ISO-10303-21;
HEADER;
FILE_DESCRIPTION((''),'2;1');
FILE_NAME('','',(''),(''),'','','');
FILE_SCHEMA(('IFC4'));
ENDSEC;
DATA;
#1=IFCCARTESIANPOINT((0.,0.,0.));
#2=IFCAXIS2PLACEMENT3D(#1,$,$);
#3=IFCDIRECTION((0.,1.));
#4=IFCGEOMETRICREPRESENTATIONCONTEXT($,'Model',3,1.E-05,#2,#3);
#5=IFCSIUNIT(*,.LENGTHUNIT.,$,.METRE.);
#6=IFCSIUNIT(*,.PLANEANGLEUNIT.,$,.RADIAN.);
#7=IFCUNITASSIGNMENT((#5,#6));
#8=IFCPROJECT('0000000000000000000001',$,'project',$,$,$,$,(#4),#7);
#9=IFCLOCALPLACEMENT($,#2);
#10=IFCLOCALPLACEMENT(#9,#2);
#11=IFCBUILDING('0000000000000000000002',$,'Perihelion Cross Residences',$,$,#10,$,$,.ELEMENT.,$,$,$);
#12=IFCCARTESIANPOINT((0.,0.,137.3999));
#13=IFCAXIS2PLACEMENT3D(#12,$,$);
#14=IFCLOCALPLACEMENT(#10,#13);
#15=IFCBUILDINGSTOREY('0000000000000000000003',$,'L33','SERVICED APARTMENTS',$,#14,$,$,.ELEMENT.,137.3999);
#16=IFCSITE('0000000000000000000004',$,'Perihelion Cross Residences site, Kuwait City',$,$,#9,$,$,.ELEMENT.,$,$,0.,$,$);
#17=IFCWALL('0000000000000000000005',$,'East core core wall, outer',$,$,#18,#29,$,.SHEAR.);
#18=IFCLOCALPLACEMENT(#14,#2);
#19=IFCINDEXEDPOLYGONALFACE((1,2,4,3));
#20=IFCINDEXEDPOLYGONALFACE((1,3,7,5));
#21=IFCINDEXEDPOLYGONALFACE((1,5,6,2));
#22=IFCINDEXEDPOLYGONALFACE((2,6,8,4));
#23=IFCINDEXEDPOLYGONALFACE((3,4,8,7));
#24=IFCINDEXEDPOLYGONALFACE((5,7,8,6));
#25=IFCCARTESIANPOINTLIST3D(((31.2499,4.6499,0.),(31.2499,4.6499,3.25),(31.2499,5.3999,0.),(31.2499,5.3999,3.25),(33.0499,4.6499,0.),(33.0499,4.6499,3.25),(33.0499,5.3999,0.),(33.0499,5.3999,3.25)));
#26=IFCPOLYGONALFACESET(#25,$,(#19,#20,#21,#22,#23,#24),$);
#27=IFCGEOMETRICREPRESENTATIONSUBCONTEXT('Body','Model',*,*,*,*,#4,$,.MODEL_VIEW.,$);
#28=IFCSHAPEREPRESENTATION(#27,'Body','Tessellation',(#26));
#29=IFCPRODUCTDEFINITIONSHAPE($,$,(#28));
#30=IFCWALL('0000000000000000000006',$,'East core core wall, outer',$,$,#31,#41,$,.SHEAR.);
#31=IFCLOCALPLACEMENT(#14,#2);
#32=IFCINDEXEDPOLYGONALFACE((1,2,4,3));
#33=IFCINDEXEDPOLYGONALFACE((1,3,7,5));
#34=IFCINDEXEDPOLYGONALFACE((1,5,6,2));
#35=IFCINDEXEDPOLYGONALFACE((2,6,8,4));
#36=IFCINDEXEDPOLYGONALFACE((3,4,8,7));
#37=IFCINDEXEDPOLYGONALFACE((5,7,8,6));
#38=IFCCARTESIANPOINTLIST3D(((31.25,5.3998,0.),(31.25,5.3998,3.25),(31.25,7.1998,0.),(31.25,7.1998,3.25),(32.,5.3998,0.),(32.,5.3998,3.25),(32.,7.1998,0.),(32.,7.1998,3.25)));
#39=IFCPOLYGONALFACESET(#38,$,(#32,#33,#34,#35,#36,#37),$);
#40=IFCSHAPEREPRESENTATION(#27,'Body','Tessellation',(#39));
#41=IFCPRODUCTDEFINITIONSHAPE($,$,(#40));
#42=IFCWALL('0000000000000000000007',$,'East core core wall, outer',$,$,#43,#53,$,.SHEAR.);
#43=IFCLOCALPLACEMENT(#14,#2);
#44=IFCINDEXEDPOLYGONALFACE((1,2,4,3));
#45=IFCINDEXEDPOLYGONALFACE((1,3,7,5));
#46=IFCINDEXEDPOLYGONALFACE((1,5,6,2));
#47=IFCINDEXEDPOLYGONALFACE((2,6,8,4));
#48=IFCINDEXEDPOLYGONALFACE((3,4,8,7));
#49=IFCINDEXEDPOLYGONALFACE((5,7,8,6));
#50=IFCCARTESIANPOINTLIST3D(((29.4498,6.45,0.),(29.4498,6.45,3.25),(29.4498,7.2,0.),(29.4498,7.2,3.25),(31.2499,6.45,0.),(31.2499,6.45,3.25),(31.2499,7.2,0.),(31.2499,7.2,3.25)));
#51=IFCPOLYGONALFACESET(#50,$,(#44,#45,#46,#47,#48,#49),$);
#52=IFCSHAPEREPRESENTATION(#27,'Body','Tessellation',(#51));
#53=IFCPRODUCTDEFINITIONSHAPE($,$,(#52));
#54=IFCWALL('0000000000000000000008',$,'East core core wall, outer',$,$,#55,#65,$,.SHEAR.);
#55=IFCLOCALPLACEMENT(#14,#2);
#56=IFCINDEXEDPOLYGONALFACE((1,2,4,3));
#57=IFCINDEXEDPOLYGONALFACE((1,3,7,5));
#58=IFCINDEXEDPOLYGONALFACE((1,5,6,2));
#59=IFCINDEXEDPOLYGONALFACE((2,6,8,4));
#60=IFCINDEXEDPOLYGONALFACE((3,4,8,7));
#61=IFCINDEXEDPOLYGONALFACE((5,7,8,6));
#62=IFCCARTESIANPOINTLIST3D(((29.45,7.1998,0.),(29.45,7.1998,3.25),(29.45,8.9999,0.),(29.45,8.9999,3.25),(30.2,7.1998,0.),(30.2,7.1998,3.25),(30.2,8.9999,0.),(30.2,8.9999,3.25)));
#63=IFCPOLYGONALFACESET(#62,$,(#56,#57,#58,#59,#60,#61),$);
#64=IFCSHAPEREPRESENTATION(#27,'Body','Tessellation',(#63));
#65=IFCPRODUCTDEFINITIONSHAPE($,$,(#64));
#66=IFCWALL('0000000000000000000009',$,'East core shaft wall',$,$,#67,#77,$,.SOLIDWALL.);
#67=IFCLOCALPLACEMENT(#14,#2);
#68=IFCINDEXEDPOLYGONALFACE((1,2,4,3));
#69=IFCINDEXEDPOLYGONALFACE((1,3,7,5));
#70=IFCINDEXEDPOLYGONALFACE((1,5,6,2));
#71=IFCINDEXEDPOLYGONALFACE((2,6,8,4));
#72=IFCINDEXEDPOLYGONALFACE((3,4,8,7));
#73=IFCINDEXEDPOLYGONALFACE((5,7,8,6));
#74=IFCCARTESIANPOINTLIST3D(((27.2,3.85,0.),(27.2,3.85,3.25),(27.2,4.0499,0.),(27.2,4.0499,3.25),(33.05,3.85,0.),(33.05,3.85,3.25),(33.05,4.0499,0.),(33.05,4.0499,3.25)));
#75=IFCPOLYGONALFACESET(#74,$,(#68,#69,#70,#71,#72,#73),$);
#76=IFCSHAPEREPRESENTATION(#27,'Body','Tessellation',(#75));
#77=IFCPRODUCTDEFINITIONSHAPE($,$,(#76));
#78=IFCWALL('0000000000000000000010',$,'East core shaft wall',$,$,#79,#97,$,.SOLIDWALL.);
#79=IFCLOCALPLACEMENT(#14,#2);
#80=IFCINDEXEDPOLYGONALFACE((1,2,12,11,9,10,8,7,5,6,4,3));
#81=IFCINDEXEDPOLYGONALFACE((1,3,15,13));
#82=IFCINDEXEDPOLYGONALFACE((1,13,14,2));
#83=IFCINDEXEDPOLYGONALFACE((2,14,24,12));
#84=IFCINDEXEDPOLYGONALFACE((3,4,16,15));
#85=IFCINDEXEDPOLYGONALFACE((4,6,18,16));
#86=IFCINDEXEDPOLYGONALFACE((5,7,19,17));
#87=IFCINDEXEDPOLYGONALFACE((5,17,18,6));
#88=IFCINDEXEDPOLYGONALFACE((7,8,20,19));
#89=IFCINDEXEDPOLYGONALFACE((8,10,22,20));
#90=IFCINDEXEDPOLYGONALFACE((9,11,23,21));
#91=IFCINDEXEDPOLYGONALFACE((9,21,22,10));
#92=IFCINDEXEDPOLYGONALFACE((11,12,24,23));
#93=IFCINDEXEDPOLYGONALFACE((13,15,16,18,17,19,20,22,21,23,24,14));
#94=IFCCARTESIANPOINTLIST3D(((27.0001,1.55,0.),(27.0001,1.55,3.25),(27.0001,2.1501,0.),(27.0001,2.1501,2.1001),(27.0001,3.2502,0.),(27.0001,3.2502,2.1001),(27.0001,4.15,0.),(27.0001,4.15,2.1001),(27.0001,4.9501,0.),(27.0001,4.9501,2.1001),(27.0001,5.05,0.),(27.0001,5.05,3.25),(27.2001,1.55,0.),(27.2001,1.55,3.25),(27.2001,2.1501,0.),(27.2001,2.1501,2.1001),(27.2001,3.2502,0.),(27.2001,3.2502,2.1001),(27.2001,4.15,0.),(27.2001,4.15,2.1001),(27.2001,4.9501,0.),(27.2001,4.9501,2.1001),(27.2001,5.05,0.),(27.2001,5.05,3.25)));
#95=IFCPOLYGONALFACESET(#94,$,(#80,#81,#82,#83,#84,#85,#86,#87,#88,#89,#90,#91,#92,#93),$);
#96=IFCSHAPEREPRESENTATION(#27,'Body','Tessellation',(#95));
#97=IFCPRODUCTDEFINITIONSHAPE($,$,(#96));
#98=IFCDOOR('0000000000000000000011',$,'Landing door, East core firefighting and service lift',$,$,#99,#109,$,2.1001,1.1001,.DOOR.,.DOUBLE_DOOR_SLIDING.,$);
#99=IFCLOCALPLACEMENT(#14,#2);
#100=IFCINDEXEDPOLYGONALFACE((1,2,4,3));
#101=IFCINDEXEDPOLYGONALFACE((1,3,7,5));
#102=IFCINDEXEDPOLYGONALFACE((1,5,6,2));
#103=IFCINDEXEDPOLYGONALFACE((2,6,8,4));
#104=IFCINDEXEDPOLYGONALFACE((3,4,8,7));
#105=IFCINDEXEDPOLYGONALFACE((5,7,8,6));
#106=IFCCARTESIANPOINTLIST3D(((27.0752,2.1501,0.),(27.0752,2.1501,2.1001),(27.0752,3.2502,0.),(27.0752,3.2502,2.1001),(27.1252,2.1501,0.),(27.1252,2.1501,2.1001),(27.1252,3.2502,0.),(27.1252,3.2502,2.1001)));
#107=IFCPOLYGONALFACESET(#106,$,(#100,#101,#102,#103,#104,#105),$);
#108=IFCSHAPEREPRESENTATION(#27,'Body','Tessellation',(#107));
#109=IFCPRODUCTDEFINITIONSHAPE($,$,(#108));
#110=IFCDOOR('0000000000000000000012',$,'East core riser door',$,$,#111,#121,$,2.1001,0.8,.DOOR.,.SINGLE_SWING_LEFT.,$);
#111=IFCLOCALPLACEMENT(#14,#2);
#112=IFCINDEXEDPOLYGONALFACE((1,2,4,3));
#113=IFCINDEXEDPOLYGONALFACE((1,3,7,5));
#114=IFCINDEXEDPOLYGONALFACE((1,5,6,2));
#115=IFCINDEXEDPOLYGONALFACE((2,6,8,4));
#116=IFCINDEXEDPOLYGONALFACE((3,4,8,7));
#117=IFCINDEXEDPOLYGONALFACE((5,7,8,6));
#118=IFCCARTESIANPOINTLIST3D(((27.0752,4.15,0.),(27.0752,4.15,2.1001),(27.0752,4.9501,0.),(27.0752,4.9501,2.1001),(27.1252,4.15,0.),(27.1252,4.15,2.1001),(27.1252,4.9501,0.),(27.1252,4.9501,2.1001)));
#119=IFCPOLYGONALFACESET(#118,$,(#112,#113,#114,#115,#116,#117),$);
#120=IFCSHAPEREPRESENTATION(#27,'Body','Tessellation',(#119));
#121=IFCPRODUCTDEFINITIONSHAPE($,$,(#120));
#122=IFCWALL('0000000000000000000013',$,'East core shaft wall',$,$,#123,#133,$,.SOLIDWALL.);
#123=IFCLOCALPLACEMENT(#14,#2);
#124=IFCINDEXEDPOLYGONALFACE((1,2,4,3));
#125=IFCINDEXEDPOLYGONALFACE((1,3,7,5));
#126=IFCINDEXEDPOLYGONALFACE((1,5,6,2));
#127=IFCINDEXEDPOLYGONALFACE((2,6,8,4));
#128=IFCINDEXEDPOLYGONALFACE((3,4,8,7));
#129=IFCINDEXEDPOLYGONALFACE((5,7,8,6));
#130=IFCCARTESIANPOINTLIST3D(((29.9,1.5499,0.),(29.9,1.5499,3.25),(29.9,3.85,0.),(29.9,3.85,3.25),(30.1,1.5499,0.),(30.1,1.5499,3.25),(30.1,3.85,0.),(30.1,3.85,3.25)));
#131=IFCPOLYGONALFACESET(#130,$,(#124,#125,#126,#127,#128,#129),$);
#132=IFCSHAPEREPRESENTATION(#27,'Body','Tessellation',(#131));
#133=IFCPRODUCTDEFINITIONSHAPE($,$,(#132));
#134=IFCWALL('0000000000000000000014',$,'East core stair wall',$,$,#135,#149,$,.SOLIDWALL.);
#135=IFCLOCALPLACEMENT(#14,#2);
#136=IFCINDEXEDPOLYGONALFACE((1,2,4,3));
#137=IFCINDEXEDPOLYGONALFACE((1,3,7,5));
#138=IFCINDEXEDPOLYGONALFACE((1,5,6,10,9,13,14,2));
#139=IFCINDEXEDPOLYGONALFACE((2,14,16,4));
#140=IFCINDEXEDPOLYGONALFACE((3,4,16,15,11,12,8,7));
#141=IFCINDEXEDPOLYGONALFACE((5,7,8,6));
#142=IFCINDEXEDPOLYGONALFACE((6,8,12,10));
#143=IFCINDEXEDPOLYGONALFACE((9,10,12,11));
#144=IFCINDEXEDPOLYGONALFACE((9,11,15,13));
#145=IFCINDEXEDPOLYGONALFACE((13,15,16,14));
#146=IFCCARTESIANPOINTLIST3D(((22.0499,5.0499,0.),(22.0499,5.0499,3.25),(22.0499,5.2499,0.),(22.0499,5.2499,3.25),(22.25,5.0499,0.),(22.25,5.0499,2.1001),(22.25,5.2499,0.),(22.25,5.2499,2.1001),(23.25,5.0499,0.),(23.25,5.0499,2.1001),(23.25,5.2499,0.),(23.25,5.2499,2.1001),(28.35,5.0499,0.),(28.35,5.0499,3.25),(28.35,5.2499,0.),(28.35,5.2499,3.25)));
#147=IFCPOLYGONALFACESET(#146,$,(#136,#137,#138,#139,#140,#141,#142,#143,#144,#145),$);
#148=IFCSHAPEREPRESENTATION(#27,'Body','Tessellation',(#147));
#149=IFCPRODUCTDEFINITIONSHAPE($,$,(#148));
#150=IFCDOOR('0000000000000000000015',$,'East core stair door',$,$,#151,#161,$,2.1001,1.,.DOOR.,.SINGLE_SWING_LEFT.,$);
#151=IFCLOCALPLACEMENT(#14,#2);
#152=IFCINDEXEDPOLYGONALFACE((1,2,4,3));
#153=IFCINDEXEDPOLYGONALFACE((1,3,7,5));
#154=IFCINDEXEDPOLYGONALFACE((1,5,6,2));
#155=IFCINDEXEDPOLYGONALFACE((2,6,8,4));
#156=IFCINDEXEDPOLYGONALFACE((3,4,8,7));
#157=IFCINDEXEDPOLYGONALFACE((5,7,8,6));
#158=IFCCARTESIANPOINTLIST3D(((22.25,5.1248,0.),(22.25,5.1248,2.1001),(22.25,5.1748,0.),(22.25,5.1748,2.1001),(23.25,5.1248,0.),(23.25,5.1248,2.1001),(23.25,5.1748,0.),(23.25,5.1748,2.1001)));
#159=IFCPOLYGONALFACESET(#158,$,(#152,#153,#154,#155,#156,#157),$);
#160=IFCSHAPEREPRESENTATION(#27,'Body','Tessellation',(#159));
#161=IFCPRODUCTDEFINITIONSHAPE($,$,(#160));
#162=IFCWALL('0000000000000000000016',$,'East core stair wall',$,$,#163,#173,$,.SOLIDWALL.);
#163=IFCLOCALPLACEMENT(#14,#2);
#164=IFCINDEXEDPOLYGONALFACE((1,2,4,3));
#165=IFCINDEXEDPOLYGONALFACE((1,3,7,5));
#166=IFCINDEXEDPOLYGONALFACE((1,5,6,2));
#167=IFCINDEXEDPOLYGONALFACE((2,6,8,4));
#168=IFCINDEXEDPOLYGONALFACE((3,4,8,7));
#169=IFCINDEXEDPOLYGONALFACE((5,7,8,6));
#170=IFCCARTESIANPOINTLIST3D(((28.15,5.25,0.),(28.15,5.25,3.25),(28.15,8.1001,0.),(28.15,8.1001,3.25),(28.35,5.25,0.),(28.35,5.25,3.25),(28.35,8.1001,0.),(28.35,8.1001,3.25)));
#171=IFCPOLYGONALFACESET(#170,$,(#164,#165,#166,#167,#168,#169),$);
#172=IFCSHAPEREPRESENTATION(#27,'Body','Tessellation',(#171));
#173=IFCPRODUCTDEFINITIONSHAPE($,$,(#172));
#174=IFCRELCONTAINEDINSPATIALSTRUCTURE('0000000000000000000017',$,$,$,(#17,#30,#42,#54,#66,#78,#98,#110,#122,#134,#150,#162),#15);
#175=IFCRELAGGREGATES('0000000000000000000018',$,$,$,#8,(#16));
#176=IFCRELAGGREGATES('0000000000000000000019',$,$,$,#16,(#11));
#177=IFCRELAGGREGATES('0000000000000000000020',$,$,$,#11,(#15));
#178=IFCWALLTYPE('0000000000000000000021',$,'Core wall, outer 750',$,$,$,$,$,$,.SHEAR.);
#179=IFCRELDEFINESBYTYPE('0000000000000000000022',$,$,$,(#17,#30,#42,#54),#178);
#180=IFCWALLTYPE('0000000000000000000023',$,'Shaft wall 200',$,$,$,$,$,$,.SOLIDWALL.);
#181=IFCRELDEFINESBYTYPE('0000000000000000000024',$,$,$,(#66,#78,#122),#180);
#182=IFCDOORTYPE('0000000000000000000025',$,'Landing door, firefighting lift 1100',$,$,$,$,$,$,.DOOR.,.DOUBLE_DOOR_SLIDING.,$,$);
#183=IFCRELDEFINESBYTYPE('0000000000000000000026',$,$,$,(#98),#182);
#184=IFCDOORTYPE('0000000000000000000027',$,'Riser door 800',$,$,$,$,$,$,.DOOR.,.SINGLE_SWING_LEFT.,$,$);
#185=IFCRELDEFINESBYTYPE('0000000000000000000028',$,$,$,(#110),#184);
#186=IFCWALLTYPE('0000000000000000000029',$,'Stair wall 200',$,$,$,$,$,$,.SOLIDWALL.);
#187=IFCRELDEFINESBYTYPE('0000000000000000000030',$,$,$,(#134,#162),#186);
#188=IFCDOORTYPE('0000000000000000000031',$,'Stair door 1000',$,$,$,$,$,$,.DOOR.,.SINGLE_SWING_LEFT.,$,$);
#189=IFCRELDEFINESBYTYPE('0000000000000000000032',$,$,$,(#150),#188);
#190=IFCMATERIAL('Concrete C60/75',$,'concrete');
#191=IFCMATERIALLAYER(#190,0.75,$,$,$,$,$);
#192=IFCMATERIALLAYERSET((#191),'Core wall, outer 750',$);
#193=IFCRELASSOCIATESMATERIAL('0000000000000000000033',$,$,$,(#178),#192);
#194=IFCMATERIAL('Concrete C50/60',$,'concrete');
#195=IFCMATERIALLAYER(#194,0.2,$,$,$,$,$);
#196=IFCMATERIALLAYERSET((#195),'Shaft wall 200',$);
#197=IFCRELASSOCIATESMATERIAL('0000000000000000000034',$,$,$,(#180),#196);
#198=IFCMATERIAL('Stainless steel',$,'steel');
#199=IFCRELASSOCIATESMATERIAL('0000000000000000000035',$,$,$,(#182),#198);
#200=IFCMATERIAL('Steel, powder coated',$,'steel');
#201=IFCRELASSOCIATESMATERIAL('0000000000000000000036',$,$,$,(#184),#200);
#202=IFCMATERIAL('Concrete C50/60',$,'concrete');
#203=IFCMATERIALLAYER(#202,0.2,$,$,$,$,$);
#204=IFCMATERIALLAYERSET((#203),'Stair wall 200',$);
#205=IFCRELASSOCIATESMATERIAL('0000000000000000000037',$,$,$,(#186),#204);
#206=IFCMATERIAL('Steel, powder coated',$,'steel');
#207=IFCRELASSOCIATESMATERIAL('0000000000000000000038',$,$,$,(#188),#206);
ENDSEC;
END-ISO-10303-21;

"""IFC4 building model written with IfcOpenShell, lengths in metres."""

from ifc_helpers import new_model, si_unit, direction, frame, frame_2d, origin, place, context, subcontext, project, spatial, rectangle, extrude, material, layer, layer_set, type_object, element, fill, save


model = new_model("IFC4")

# Units and contexts
model_context = context("Model", 3, precision=1e-05, world=origin(), true_north=direction((0.0, 1.0)))
body_context = subcontext(model_context, "Body", "Model", "MODEL_VIEW")
ifc_project = project(units=[si_unit("LENGTHUNIT", "METRE"), si_unit("PLANEANGLEUNIT", "RADIAN")], contexts=[model_context])

# Site, building, storey
site_placement = place(None, origin())
site = spatial("IfcSite", under=ifc_project, at=site_placement, Name="Perihelion Cross Residences site, Kuwait City", CompositionType="ELEMENT", RefElevation=0.0)
building_placement = place(site_placement, origin())
building = spatial("IfcBuilding", under=site, at=building_placement, Name="Perihelion Cross Residences", CompositionType="ELEMENT")
storey_placement = place(building_placement, frame((0.0, 0.0, 137.3999)))
storey = spatial("IfcBuildingStorey", under=building, at=storey_placement, Name="L33", Description="SERVICED APARTMENTS", CompositionType="ELEMENT", Elevation=137.3999)

# Walls
ifc_material_1 = material(Name="Concrete C60/75", Category="concrete")
ifc_layer_1 = layer(ifc_material_1, 0.75)
ifc_layer_set_1 = layer_set([ifc_layer_1], Name="Core wall, outer 750")
wall_type_1 = type_object("IfcWallType", Name="Core wall, outer 750", PredefinedType="SHEAR", material=ifc_layer_set_1)
for number, where, z_axis, x_axis, name in (
    (1, (31.25, 5.0249, 0.0), (0.0, 0.0, 1.0), (1.0, 0.0, 0.0), "East core core wall, outer"),
    (2, (31.625, 5.3999, 0.0), (0.0, 0.0, 1.0), (0.0, 1.0, 0.0), "East core core wall, outer"),
    (3, (29.45, 6.825, 0.0), (0.0, 0.0, 1.0), (1.0, 0.0, 0.0), "East core core wall, outer"),
    (4, (29.825, 7.2, 0.0), (0.0, 0.0, 1.0), (0.0, 1.0, 0.0), "East core core wall, outer"),
):
    element("IfcWall", number, at=place(storey_placement, frame(where, z_axis=z_axis, x_axis=x_axis)), inside=storey, type_object=wall_type_1, Name=name, PredefinedType="SHEAR", context=body_context, shape_type="SweptSolid", body=[
        extrude(rectangle(XDim=1.8, YDim=0.75, at=frame_2d((0.8999, 0.0))), origin(), (0.0, 0.0, 1.0), 3.25),
    ])
ifc_material_2 = material(Name="Concrete C50/60", Category="concrete")
ifc_layer_2 = layer(ifc_material_2, 0.2)
ifc_layer_set_2 = layer_set([ifc_layer_2], Name="Shaft wall 200")
wall_type_2 = type_object("IfcWallType", Name="Shaft wall 200", PredefinedType="SOLIDWALL", material=ifc_layer_set_2)
wall_1_placement = place(storey_placement, frame((27.2, 3.95, 0.0), z_axis=(0.0, 0.0, 1.0), x_axis=(1.0, 0.0, 0.0)))
element("IfcWall", 5, at=wall_1_placement, inside=storey, type_object=wall_type_2, Name="East core shaft wall", PredefinedType="SOLIDWALL", context=body_context, shape_type="SweptSolid", body=[
    extrude(rectangle(XDim=5.8501, YDim=0.2, at=frame_2d((2.925, 0.0))), origin(), (0.0, 0.0, 1.0), 3.25),
])

# Wall, openings, doors
wall_2_placement = place(storey_placement, frame((27.1001, 1.55, 0.0), z_axis=(0.0, 0.0, 1.0), x_axis=(0.0, 1.0, 0.0)))
wall_2 = element("IfcWall", 6, at=wall_2_placement, inside=storey, type_object=wall_type_2, Name="East core shaft wall", PredefinedType="SOLIDWALL", context=body_context, shape_type="SweptSolid", body=[
    extrude(rectangle(XDim=3.5, YDim=0.2, at=frame_2d((1.75, 0.0))), origin(), (0.0, 0.0, 1.0), 3.25),
])
opening_1_placement = place(wall_2_placement, frame((0.6001, 0.0, 0.0)))
opening_1 = element("IfcOpeningElement", 7, at=opening_1_placement, cuts=wall_2, PredefinedType="OPENING", context=body_context, shape_type="SweptSolid", body=[
    extrude(rectangle(XDim=1.1001, YDim=2.1001, at=frame_2d((0.55, 1.05))), frame((0.0, 0.1099, 0.0), z_axis=(0.0, -1.0, 0.0), x_axis=(1.0, 0.0, 0.0)), (0.0, 0.0, 1.0), 0.22),
])
opening_2_placement = place(wall_2_placement, frame((2.6001, 0.0, 0.0)))
opening_2 = element("IfcOpeningElement", 8, at=opening_2_placement, cuts=wall_2, PredefinedType="OPENING", context=body_context, shape_type="SweptSolid", body=[
    extrude(rectangle(XDim=0.8, YDim=2.1001, at=frame_2d((0.3999, 1.05))), frame((0.0, 0.1099, 0.0), z_axis=(0.0, -1.0, 0.0), x_axis=(1.0, 0.0, 0.0)), (0.0, 0.0, 1.0), 0.22),
])
ifc_material_3 = material(Name="Stainless steel", Category="steel")
door_type_1 = type_object("IfcDoorType", Name="Landing door, firefighting lift 1100", OperationType="DOUBLE_DOOR_SLIDING", PredefinedType="DOOR", material=ifc_material_3)
door_1_placement = place(opening_1_placement, origin())
door_1 = element("IfcDoor", 9, at=door_1_placement, inside=storey, type_object=door_type_1, Name="Landing door, East core firefighting and service lift", OperationType="DOUBLE_DOOR_SLIDING", OverallHeight=2.1001, OverallWidth=1.1001, PredefinedType="DOOR", context=body_context, shape_type="SweptSolid", body=[
    extrude(rectangle(XDim=1.1001, YDim=2.1001, at=frame_2d((0.55, 1.05))), frame((0.0, 0.0249, 0.0), z_axis=(0.0, -1.0, 0.0), x_axis=(1.0, 0.0, 0.0)), (0.0, 0.0, 1.0), 0.05),
])
fill(opening_1, door_1)
ifc_material_4 = material(Name="Steel, powder coated", Category="steel")
door_type_2 = type_object("IfcDoorType", Name="Riser door 800", OperationType="SINGLE_SWING_LEFT", PredefinedType="DOOR", material=ifc_material_4)
door_2_placement = place(opening_2_placement, origin())
door_2 = element("IfcDoor", 10, at=door_2_placement, inside=storey, type_object=door_type_2, Name="East core riser door", OperationType="SINGLE_SWING_LEFT", OverallHeight=2.1001, OverallWidth=0.8, PredefinedType="DOOR", context=body_context, shape_type="SweptSolid", body=[
    extrude(rectangle(XDim=0.8, YDim=2.1001, at=frame_2d((0.3999, 1.05))), frame((0.0, 0.0249, 0.0), z_axis=(0.0, -1.0, 0.0), x_axis=(1.0, 0.0, 0.0)), (0.0, 0.0, 1.0), 0.05),
])
fill(opening_2, door_2)

# Wall
wall_3_placement = place(storey_placement, frame((30.0, 1.55, 0.0), z_axis=(0.0, 0.0, 1.0), x_axis=(0.0, 1.0, 0.0)))
element("IfcWall", 11, at=wall_3_placement, inside=storey, type_object=wall_type_2, Name="East core shaft wall", PredefinedType="SOLIDWALL", context=body_context, shape_type="SweptSolid", body=[
    extrude(rectangle(XDim=2.3, YDim=0.2, at=frame_2d((1.1499, 0.0))), origin(), (0.0, 0.0, 1.0), 3.25),
])

# Wall, opening, door
ifc_material_5 = material(Name="Concrete C50/60", Category="concrete")
ifc_layer_3 = layer(ifc_material_5, 0.2)
ifc_layer_set_3 = layer_set([ifc_layer_3], Name="Stair wall 200")
wall_type_3 = type_object("IfcWallType", Name="Stair wall 200", PredefinedType="SOLIDWALL", material=ifc_layer_set_3)
wall_4_placement = place(storey_placement, frame((22.05, 5.1499, 0.0), z_axis=(0.0, 0.0, 1.0), x_axis=(1.0, 0.0, 0.0)))
wall_4 = element("IfcWall", 12, at=wall_4_placement, inside=storey, type_object=wall_type_3, Name="East core stair wall", PredefinedType="SOLIDWALL", context=body_context, shape_type="SweptSolid", body=[
    extrude(rectangle(XDim=6.3, YDim=0.2, at=frame_2d((3.1499, 0.0))), origin(), (0.0, 0.0, 1.0), 3.25),
])
opening_3_placement = place(wall_4_placement, frame((0.2, 0.0, 0.0)))
opening_3 = element("IfcOpeningElement", 13, at=opening_3_placement, cuts=wall_4, PredefinedType="OPENING", context=body_context, shape_type="SweptSolid", body=[
    extrude(rectangle(XDim=1.0, YDim=2.1001, at=frame_2d((0.5, 1.05))), frame((0.0, 0.1099, 0.0), z_axis=(0.0, -1.0, 0.0), x_axis=(1.0, 0.0, 0.0)), (0.0, 0.0, 1.0), 0.22),
])
ifc_material_6 = material(Name="Steel, powder coated", Category="steel")
door_type_3 = type_object("IfcDoorType", Name="Stair door 1000", OperationType="SINGLE_SWING_LEFT", PredefinedType="DOOR", material=ifc_material_6)
door_3_placement = place(opening_3_placement, origin())
door_3 = element("IfcDoor", 14, at=door_3_placement, inside=storey, type_object=door_type_3, Name="East core stair door", OperationType="SINGLE_SWING_LEFT", OverallHeight=2.1001, OverallWidth=1.0, PredefinedType="DOOR", context=body_context, shape_type="SweptSolid", body=[
    extrude(rectangle(XDim=1.0, YDim=2.1001, at=frame_2d((0.5, 1.05))), frame((0.0, 0.0249, 0.0), z_axis=(0.0, -1.0, 0.0), x_axis=(1.0, 0.0, 0.0)), (0.0, 0.0, 1.0), 0.05),
])
fill(opening_3, door_3)

# Wall
wall_5_placement = place(storey_placement, frame((28.25, 5.25, 0.0), z_axis=(0.0, 0.0, 1.0), x_axis=(0.0, 1.0, 0.0)))
element("IfcWall", 15, at=wall_5_placement, inside=storey, type_object=wall_type_3, Name="East core stair wall", PredefinedType="SOLIDWALL", context=body_context, shape_type="SweptSolid", body=[
    extrude(rectangle(XDim=2.8501, YDim=0.2, at=frame_2d((1.425, 0.0))), origin(), (0.0, 0.0, 1.0), 3.25),
])

save(model, "model.ifc")
